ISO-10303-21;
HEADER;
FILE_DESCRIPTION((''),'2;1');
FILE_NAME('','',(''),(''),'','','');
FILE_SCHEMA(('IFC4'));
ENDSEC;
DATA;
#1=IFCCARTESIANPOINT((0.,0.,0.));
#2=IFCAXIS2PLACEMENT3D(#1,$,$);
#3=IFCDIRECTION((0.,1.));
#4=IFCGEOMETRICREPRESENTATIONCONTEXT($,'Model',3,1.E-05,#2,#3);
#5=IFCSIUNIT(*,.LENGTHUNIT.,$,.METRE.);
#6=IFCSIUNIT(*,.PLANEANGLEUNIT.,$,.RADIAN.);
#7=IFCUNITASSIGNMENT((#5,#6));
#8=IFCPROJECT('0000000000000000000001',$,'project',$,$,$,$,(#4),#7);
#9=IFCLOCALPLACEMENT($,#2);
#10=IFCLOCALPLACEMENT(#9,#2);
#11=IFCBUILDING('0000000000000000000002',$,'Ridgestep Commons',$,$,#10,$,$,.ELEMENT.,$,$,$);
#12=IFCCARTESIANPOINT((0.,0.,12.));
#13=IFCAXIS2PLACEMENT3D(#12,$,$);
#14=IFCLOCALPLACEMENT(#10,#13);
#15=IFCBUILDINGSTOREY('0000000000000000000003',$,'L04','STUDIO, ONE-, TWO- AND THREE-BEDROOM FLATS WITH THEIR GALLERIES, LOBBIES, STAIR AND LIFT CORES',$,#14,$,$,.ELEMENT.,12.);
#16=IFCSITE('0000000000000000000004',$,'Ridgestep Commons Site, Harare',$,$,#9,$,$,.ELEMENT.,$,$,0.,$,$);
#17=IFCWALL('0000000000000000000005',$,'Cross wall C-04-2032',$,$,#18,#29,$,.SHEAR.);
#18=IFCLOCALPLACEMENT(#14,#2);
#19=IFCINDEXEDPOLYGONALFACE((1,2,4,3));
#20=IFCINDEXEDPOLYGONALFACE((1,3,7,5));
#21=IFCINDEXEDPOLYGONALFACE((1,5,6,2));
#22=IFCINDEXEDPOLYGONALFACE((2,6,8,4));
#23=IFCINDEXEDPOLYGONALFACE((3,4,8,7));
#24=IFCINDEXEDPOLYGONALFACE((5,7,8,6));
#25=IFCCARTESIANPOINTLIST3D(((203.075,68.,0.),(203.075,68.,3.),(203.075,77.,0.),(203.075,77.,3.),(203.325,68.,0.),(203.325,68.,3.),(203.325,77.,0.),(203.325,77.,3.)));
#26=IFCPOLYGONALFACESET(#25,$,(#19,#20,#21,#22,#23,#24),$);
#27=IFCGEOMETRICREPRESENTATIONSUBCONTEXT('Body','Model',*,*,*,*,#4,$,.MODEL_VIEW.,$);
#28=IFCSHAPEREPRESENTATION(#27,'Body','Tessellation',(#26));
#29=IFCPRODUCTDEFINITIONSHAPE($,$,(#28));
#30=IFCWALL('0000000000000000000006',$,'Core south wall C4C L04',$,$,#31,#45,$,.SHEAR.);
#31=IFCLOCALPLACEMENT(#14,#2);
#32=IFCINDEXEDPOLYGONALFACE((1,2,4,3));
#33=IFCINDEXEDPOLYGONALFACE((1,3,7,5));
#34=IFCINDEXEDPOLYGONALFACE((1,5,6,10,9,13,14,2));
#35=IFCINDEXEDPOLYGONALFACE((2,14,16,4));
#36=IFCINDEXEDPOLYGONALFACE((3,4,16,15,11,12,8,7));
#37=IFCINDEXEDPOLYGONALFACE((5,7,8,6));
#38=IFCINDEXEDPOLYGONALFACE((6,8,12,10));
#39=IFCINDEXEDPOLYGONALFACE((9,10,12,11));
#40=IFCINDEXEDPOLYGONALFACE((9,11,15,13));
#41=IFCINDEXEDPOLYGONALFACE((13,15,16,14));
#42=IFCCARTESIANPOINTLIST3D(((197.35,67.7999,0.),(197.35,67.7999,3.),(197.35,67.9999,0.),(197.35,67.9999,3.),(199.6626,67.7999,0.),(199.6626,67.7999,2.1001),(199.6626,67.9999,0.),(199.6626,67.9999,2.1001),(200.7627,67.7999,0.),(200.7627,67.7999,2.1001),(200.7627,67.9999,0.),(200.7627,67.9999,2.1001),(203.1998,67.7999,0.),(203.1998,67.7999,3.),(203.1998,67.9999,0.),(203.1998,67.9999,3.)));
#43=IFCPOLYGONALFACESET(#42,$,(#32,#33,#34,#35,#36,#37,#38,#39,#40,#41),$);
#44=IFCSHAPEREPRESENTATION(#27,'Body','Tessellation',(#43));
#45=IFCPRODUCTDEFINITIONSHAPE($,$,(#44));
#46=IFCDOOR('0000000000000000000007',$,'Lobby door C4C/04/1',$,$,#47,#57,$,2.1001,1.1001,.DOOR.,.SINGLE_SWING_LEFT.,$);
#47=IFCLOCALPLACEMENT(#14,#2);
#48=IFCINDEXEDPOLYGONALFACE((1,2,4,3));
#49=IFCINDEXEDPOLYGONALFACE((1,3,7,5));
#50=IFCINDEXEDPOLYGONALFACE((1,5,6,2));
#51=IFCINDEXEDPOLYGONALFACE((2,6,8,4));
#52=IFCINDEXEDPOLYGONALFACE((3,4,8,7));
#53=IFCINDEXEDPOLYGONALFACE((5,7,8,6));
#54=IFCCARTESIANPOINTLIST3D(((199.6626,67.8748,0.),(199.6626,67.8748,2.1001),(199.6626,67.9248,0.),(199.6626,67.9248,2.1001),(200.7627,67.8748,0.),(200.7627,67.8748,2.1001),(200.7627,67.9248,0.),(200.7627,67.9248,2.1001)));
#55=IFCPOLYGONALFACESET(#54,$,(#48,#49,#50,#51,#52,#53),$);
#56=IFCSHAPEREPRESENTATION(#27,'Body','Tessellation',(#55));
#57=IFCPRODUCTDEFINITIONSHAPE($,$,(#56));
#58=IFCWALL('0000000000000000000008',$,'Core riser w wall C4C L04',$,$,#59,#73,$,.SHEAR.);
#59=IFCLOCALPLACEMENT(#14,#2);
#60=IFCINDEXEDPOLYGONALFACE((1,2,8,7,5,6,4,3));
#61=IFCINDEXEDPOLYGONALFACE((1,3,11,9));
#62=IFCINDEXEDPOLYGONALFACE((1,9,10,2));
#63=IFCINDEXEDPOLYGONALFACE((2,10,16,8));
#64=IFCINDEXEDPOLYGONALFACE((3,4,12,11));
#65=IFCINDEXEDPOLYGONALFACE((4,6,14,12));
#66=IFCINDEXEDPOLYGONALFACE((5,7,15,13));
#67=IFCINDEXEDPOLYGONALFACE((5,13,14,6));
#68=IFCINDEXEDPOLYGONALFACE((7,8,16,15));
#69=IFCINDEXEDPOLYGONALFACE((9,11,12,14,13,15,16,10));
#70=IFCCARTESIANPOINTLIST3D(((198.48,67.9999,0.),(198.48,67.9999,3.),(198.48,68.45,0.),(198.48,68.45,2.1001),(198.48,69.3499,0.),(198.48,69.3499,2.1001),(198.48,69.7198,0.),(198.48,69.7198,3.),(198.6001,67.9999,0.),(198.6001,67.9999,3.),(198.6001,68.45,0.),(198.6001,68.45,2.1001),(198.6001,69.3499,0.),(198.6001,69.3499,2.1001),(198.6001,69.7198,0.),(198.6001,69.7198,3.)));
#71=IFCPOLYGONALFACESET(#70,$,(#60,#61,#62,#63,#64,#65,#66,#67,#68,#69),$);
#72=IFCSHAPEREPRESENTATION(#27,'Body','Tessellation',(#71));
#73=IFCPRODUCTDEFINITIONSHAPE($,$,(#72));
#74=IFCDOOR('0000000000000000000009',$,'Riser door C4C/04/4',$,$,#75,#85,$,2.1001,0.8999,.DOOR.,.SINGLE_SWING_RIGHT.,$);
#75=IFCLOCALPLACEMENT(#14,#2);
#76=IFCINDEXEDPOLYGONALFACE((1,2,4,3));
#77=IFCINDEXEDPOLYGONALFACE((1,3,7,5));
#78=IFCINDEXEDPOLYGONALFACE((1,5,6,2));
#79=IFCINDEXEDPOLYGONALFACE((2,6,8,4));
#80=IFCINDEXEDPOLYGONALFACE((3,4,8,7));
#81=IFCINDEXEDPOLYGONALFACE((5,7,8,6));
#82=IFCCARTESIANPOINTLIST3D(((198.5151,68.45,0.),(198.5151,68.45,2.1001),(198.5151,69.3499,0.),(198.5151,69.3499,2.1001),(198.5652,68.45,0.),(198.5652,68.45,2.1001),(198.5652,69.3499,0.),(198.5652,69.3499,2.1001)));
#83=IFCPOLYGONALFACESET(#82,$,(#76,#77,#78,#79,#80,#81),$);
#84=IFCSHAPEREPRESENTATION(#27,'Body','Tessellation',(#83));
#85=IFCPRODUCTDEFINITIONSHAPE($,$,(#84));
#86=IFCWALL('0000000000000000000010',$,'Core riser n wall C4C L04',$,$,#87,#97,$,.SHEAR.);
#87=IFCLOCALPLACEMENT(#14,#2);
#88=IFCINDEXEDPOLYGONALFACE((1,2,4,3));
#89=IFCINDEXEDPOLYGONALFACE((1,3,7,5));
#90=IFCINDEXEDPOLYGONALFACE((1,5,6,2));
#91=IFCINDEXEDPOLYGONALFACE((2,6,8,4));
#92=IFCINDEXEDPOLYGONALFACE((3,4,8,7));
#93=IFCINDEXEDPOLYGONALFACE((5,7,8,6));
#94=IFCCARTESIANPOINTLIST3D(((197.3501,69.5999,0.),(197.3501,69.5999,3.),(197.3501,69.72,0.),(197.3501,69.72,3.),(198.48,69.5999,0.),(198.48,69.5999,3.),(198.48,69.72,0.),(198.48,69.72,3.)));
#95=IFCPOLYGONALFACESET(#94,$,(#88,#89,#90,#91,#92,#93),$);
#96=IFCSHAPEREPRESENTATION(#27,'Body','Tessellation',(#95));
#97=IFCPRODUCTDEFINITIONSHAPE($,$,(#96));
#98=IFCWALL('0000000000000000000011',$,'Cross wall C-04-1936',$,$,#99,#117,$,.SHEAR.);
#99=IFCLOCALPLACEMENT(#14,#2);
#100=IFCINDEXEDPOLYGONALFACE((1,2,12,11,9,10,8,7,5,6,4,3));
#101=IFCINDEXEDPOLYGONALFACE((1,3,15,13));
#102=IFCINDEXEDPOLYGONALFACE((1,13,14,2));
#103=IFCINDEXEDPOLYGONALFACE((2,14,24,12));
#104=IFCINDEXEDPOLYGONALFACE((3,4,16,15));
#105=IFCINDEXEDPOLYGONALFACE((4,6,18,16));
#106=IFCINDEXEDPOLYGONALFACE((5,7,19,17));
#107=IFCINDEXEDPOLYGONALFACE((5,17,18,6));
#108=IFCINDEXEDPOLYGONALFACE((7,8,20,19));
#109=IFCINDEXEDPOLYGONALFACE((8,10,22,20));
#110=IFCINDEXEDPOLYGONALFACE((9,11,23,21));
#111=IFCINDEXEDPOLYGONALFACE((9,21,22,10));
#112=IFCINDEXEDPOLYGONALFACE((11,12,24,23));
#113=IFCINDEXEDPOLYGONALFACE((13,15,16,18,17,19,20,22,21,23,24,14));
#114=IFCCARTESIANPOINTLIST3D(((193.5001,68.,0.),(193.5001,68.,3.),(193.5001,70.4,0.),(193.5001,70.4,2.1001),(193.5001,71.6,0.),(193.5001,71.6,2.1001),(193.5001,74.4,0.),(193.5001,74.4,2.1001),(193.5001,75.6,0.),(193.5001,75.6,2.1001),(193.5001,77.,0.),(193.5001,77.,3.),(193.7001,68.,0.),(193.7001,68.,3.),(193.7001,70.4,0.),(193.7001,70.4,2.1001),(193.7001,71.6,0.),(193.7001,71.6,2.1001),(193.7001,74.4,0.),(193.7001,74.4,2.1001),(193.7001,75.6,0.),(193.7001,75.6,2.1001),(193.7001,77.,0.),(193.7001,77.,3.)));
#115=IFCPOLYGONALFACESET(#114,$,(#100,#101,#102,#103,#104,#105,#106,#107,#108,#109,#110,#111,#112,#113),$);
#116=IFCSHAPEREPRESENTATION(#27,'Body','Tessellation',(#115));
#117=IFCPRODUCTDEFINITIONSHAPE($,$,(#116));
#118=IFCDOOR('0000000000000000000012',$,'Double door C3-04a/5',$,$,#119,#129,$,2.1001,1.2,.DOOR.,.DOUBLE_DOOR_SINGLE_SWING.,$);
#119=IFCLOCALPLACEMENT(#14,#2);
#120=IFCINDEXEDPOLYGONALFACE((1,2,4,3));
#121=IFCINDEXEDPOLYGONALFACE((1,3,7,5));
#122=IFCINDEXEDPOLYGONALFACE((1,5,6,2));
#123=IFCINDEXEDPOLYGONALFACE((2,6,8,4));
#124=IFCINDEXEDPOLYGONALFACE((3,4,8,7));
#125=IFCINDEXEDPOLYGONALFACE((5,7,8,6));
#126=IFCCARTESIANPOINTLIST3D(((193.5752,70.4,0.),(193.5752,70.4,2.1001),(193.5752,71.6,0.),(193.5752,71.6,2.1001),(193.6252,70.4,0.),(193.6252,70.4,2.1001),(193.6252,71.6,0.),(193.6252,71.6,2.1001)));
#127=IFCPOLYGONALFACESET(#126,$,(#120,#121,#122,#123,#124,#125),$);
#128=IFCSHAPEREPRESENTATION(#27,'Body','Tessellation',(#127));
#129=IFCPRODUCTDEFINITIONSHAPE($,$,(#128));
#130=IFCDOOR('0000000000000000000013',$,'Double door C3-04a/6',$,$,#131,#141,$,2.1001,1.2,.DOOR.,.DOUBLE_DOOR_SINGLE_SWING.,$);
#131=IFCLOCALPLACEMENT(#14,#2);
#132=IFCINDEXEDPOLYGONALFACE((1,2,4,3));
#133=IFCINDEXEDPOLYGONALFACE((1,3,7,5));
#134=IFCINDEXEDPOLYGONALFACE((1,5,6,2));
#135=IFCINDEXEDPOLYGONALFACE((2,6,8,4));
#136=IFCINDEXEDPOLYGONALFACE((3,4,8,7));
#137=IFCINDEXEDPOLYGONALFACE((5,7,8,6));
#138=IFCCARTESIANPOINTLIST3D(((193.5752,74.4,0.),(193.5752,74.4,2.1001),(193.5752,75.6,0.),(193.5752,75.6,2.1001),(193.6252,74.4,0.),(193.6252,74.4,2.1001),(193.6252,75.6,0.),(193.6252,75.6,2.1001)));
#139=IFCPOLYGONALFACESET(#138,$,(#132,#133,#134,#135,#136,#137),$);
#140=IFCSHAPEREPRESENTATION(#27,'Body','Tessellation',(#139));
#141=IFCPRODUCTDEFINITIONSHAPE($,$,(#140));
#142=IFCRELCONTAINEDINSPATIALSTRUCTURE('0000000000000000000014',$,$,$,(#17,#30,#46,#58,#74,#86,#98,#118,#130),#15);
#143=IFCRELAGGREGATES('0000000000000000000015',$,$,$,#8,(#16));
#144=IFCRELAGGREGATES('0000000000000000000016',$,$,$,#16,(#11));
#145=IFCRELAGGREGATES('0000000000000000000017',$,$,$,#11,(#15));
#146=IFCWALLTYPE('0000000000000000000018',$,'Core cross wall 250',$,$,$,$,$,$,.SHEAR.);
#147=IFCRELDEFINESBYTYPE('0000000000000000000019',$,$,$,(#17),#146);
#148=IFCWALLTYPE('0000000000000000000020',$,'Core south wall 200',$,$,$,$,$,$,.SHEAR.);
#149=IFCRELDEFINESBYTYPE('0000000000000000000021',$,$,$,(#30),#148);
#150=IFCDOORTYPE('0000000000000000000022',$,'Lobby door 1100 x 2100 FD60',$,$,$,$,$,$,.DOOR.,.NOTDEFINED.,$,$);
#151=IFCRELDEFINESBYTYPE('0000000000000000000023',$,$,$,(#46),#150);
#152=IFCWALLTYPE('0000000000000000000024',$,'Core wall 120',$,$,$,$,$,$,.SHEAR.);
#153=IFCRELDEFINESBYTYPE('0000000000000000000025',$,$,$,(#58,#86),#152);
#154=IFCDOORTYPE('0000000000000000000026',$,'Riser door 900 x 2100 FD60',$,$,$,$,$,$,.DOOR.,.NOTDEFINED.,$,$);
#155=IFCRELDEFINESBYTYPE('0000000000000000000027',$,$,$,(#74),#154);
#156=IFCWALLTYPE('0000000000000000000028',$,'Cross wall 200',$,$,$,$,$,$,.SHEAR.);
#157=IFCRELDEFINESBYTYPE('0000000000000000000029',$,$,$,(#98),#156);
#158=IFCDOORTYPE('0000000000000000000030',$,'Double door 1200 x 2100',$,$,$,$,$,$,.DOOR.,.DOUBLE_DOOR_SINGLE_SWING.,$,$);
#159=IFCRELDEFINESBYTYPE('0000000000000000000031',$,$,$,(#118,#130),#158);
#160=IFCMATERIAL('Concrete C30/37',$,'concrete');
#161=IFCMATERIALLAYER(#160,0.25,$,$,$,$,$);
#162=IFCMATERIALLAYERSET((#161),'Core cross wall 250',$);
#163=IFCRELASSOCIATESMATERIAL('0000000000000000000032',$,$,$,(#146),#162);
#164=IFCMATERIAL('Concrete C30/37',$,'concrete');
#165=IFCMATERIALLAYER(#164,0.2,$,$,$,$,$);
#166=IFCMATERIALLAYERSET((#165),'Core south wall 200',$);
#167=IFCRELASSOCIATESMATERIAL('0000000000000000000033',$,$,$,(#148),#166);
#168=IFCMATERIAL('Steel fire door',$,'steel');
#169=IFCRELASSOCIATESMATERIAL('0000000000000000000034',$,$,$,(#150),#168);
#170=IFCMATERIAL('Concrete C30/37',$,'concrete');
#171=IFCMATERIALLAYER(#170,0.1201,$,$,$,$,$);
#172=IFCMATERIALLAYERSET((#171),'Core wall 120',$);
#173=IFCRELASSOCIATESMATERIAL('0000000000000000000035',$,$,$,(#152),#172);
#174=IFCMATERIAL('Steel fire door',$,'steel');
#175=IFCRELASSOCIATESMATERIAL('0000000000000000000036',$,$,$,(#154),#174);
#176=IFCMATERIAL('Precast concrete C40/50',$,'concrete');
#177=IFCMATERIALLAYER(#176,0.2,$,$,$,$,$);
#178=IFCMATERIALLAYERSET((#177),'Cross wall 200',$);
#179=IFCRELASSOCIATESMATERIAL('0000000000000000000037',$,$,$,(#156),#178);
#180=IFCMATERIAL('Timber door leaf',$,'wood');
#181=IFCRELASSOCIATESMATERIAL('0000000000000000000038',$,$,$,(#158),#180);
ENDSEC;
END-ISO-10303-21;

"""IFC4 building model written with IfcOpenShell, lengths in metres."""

from ifc_helpers import new_model, si_unit, direction, frame, frame_2d, origin, place, context, subcontext, project, spatial, rectangle, extrude, material, layer, layer_set, type_object, element, fill, save


model = new_model("IFC4")

# Units and contexts
model_context = context("Model", 3, precision=1e-05, world=origin(), true_north=direction((0.0, 1.0)))
body_context = subcontext(model_context, "Body", "Model", "MODEL_VIEW")
ifc_project = project(units=[si_unit("LENGTHUNIT", "METRE"), si_unit("PLANEANGLEUNIT", "RADIAN")], contexts=[model_context])

# Site, building, storey
site_placement = place(None, origin())
site = spatial("IfcSite", under=ifc_project, at=site_placement, Name="Ridgestep Commons Site, Harare", CompositionType="ELEMENT", RefElevation=0.0)
building_placement = place(site_placement, origin())
building = spatial("IfcBuilding", under=site, at=building_placement, Name="Ridgestep Commons", CompositionType="ELEMENT")
storey_placement = place(building_placement, frame((0.0, 0.0, 12.0)))
storey = spatial("IfcBuildingStorey", under=building, at=storey_placement, Name="L04", Description="STUDIO, ONE-, TWO- AND THREE-BEDROOM FLATS WITH THEIR GALLERIES, LOBBIES, STAIR AND LIFT CORES", CompositionType="ELEMENT", Elevation=12.0)

# Wall
ifc_material_1 = material(Name="Concrete C30/37", Category="concrete")
ifc_layer_1 = layer(ifc_material_1, 0.25)
ifc_layer_set_1 = layer_set([ifc_layer_1], Name="Core cross wall 250")
wall_type_1 = type_object("IfcWallType", Name="Core cross wall 250", PredefinedType="SHEAR", material=ifc_layer_set_1)
wall_1_placement = place(storey_placement, frame((203.2, 68.0, 0.0), z_axis=(0.0, 0.0, 1.0), x_axis=(0.0, 1.0, 0.0)))
element("IfcWall", 1, at=wall_1_placement, inside=storey, type_object=wall_type_1, Name="Cross wall C-04-2032", PredefinedType="SHEAR", context=body_context, shape_type="SweptSolid", body=[
    extrude(rectangle(XDim=9.0, YDim=0.25, at=frame_2d((4.5, 0.0))), origin(), (0.0, 0.0, 1.0), 3.0),
])

# Walls, openings, doors
ifc_material_2 = material(Name="Concrete C30/37", Category="concrete")
ifc_layer_2 = layer(ifc_material_2, 0.2)
ifc_layer_set_2 = layer_set([ifc_layer_2], Name="Core south wall 200")
wall_type_2 = type_object("IfcWallType", Name="Core south wall 200", PredefinedType="SHEAR", material=ifc_layer_set_2)
wall_2_placement = place(storey_placement, frame((197.3501, 67.8999, 0.0), z_axis=(0.0, 0.0, 1.0), x_axis=(1.0, 0.0, 0.0)))
wall_2 = element("IfcWall", 2, at=wall_2_placement, inside=storey, type_object=wall_type_2, Name="Core south wall C4C L04", PredefinedType="SHEAR", context=body_context, shape_type="SweptSolid", body=[
    extrude(rectangle(XDim=5.8499, YDim=0.2, at=frame_2d((2.9248, 0.0))), origin(), (0.0, 0.0, 1.0), 3.0),
])
opening_1_placement = place(wall_2_placement, frame((2.3125, 0.0, 0.0)))
opening_1 = element("IfcOpeningElement", 3, at=opening_1_placement, cuts=wall_2, PredefinedType="OPENING", context=body_context, shape_type="SweptSolid", body=[
    extrude(rectangle(XDim=1.1001, YDim=2.1001, at=frame_2d((0.55, 1.05))), frame((0.0, 0.1099, 0.0), z_axis=(0.0, -1.0, 0.0), x_axis=(1.0, 0.0, 0.0)), (0.0, 0.0, 1.0), 0.22),
])
ifc_material_3 = material(Name="Steel fire door", Category="steel")
door_type_1 = type_object("IfcDoorType", Name="Lobby door 1100 x 2100 FD60", OperationType="NOTDEFINED", PredefinedType="DOOR", material=ifc_material_3)
door_1_placement = place(opening_1_placement, origin())
door_1 = element("IfcDoor", 4, at=door_1_placement, inside=storey, type_object=door_type_1, Name="Lobby door C4C/04/1", OperationType="SINGLE_SWING_LEFT", OverallHeight=2.1001, OverallWidth=1.1001, PredefinedType="DOOR", context=body_context, shape_type="SweptSolid", body=[
    extrude(rectangle(XDim=1.1001, YDim=2.1001, at=frame_2d((0.55, 1.05))), frame((0.0, 0.0249, 0.0), z_axis=(0.0, -1.0, 0.0), x_axis=(1.0, 0.0, 0.0)), (0.0, 0.0, 1.0), 0.05),
])
fill(opening_1, door_1)
ifc_material_4 = material(Name="Concrete C30/37", Category="concrete")
ifc_layer_3 = layer(ifc_material_4, 0.1201)
ifc_layer_set_3 = layer_set([ifc_layer_3], Name="Core wall 120")
wall_type_3 = type_object("IfcWallType", Name="Core wall 120", PredefinedType="SHEAR", material=ifc_layer_set_3)
wall_3_placement = place(storey_placement, frame((198.54, 68.0, 0.0), z_axis=(0.0, 0.0, 1.0), x_axis=(0.0, 1.0, 0.0)))
wall_3 = element("IfcWall", 5, at=wall_3_placement, inside=storey, type_object=wall_type_3, Name="Core riser w wall C4C L04", PredefinedType="SHEAR", context=body_context, shape_type="SweptSolid", body=[
    extrude(rectangle(XDim=1.72, YDim=0.1201, at=frame_2d((0.8599, 0.0))), origin(), (0.0, 0.0, 1.0), 3.0),
])
opening_2_placement = place(wall_3_placement, frame((0.45, 0.0, 0.0)))
opening_2 = element("IfcOpeningElement", 6, at=opening_2_placement, cuts=wall_3, PredefinedType="OPENING", context=body_context, shape_type="SweptSolid", body=[
    extrude(rectangle(XDim=0.8999, YDim=2.1001, at=frame_2d((0.45, 1.05))), frame((0.0, 0.0701, 0.0), z_axis=(0.0, -1.0, 0.0), x_axis=(1.0, 0.0, 0.0)), (0.0, 0.0, 1.0), 0.1401),
])
ifc_material_5 = material(Name="Steel fire door", Category="steel")
door_type_2 = type_object("IfcDoorType", Name="Riser door 900 x 2100 FD60", OperationType="NOTDEFINED", PredefinedType="DOOR", material=ifc_material_5)
door_2_placement = place(opening_2_placement, origin())
door_2 = element("IfcDoor", 7, at=door_2_placement, inside=storey, type_object=door_type_2, Name="Riser door C4C/04/4", OperationType="SINGLE_SWING_RIGHT", OverallHeight=2.1001, OverallWidth=0.8999, PredefinedType="DOOR", context=body_context, shape_type="SweptSolid", body=[
    extrude(rectangle(XDim=0.8999, YDim=2.1001, at=frame_2d((0.45, 1.05))), frame((0.0, 0.0249, 0.0), z_axis=(0.0, -1.0, 0.0), x_axis=(1.0, 0.0, 0.0)), (0.0, 0.0, 1.0), 0.05),
])
fill(opening_2, door_2)

# Wall
wall_4_placement = place(storey_placement, frame((197.3501, 69.6599, 0.0), z_axis=(0.0, 0.0, 1.0), x_axis=(1.0, 0.0, 0.0)))
element("IfcWall", 8, at=wall_4_placement, inside=storey, type_object=wall_type_3, Name="Core riser n wall C4C L04", PredefinedType="SHEAR", context=body_context, shape_type="SweptSolid", body=[
    extrude(rectangle(XDim=1.1299, YDim=0.1201, at=frame_2d((0.5649, 0.0))), origin(), (0.0, 0.0, 1.0), 3.0),
])

# Wall, openings, doors
ifc_material_6 = material(Name="Precast concrete C40/50", Category="concrete")
ifc_layer_4 = layer(ifc_material_6, 0.2)
ifc_layer_set_4 = layer_set([ifc_layer_4], Name="Cross wall 200")
wall_type_4 = type_object("IfcWallType", Name="Cross wall 200", PredefinedType="SHEAR", material=ifc_layer_set_4)
wall_5_placement = place(storey_placement, frame((193.6001, 68.0, 0.0), z_axis=(0.0, 0.0, 1.0), x_axis=(0.0, 1.0, 0.0)))
wall_5 = element("IfcWall", 9, at=wall_5_placement, inside=storey, type_object=wall_type_4, Name="Cross wall C-04-1936", PredefinedType="SHEAR", context=body_context, shape_type="SweptSolid", body=[
    extrude(rectangle(XDim=9.0, YDim=0.2, at=frame_2d((4.5, 0.0))), origin(), (0.0, 0.0, 1.0), 3.0),
])
opening_3_placement = place(wall_5_placement, frame((2.3999, 0.0, 0.0)))
opening_3 = element("IfcOpeningElement", 10, at=opening_3_placement, cuts=wall_5, PredefinedType="OPENING", context=body_context, shape_type="SweptSolid", body=[
    extrude(rectangle(XDim=1.2, YDim=2.1001, at=frame_2d((0.6001, 1.05))), frame((0.0, 0.1099, 0.0), z_axis=(0.0, -1.0, 0.0), x_axis=(1.0, 0.0, 0.0)), (0.0, 0.0, 1.0), 0.22),
])
opening_4_placement = place(wall_5_placement, frame((6.3999, 0.0, 0.0)))
opening_4 = element("IfcOpeningElement", 11, at=opening_4_placement, cuts=wall_5, PredefinedType="OPENING", context=body_context, shape_type="SweptSolid", body=[
    extrude(rectangle(XDim=1.2, YDim=2.1001, at=frame_2d((0.6001, 1.05))), frame((0.0, 0.1099, 0.0), z_axis=(0.0, -1.0, 0.0), x_axis=(1.0, 0.0, 0.0)), (0.0, 0.0, 1.0), 0.22),
])
ifc_material_7 = material(Name="Timber door leaf", Category="wood")
door_type_3 = type_object("IfcDoorType", Name="Double door 1200 x 2100", OperationType="DOUBLE_DOOR_SINGLE_SWING", PredefinedType="DOOR", material=ifc_material_7)
door_3_placement = place(opening_3_placement, origin())
door_3 = element("IfcDoor", 12, at=door_3_placement, inside=storey, type_object=door_type_3, Name="Double door C3-04a/5", OperationType="DOUBLE_DOOR_SINGLE_SWING", OverallHeight=2.1001, OverallWidth=1.2, PredefinedType="DOOR", context=body_context, shape_type="SweptSolid", body=[
    extrude(rectangle(XDim=1.2, YDim=2.1001, at=frame_2d((0.6001, 1.05))), frame((0.0, 0.0249, 0.0), z_axis=(0.0, -1.0, 0.0), x_axis=(1.0, 0.0, 0.0)), (0.0, 0.0, 1.0), 0.05),
])
fill(opening_3, door_3)
door_4_placement = place(opening_4_placement, origin())
door_4 = element("IfcDoor", 13, at=door_4_placement, inside=storey, type_object=door_type_3, Name="Double door C3-04a/6", OperationType="DOUBLE_DOOR_SINGLE_SWING", OverallHeight=2.1001, OverallWidth=1.2, PredefinedType="DOOR", context=body_context, shape_type="SweptSolid", body=[
    extrude(rectangle(XDim=1.2, YDim=2.1001, at=frame_2d((0.6001, 1.05))), frame((0.0, 0.0249, 0.0), z_axis=(0.0, -1.0, 0.0), x_axis=(1.0, 0.0, 0.0)), (0.0, 0.0, 1.0), 0.05),
])
fill(opening_4, door_4)

save(model, "model.ifc")
